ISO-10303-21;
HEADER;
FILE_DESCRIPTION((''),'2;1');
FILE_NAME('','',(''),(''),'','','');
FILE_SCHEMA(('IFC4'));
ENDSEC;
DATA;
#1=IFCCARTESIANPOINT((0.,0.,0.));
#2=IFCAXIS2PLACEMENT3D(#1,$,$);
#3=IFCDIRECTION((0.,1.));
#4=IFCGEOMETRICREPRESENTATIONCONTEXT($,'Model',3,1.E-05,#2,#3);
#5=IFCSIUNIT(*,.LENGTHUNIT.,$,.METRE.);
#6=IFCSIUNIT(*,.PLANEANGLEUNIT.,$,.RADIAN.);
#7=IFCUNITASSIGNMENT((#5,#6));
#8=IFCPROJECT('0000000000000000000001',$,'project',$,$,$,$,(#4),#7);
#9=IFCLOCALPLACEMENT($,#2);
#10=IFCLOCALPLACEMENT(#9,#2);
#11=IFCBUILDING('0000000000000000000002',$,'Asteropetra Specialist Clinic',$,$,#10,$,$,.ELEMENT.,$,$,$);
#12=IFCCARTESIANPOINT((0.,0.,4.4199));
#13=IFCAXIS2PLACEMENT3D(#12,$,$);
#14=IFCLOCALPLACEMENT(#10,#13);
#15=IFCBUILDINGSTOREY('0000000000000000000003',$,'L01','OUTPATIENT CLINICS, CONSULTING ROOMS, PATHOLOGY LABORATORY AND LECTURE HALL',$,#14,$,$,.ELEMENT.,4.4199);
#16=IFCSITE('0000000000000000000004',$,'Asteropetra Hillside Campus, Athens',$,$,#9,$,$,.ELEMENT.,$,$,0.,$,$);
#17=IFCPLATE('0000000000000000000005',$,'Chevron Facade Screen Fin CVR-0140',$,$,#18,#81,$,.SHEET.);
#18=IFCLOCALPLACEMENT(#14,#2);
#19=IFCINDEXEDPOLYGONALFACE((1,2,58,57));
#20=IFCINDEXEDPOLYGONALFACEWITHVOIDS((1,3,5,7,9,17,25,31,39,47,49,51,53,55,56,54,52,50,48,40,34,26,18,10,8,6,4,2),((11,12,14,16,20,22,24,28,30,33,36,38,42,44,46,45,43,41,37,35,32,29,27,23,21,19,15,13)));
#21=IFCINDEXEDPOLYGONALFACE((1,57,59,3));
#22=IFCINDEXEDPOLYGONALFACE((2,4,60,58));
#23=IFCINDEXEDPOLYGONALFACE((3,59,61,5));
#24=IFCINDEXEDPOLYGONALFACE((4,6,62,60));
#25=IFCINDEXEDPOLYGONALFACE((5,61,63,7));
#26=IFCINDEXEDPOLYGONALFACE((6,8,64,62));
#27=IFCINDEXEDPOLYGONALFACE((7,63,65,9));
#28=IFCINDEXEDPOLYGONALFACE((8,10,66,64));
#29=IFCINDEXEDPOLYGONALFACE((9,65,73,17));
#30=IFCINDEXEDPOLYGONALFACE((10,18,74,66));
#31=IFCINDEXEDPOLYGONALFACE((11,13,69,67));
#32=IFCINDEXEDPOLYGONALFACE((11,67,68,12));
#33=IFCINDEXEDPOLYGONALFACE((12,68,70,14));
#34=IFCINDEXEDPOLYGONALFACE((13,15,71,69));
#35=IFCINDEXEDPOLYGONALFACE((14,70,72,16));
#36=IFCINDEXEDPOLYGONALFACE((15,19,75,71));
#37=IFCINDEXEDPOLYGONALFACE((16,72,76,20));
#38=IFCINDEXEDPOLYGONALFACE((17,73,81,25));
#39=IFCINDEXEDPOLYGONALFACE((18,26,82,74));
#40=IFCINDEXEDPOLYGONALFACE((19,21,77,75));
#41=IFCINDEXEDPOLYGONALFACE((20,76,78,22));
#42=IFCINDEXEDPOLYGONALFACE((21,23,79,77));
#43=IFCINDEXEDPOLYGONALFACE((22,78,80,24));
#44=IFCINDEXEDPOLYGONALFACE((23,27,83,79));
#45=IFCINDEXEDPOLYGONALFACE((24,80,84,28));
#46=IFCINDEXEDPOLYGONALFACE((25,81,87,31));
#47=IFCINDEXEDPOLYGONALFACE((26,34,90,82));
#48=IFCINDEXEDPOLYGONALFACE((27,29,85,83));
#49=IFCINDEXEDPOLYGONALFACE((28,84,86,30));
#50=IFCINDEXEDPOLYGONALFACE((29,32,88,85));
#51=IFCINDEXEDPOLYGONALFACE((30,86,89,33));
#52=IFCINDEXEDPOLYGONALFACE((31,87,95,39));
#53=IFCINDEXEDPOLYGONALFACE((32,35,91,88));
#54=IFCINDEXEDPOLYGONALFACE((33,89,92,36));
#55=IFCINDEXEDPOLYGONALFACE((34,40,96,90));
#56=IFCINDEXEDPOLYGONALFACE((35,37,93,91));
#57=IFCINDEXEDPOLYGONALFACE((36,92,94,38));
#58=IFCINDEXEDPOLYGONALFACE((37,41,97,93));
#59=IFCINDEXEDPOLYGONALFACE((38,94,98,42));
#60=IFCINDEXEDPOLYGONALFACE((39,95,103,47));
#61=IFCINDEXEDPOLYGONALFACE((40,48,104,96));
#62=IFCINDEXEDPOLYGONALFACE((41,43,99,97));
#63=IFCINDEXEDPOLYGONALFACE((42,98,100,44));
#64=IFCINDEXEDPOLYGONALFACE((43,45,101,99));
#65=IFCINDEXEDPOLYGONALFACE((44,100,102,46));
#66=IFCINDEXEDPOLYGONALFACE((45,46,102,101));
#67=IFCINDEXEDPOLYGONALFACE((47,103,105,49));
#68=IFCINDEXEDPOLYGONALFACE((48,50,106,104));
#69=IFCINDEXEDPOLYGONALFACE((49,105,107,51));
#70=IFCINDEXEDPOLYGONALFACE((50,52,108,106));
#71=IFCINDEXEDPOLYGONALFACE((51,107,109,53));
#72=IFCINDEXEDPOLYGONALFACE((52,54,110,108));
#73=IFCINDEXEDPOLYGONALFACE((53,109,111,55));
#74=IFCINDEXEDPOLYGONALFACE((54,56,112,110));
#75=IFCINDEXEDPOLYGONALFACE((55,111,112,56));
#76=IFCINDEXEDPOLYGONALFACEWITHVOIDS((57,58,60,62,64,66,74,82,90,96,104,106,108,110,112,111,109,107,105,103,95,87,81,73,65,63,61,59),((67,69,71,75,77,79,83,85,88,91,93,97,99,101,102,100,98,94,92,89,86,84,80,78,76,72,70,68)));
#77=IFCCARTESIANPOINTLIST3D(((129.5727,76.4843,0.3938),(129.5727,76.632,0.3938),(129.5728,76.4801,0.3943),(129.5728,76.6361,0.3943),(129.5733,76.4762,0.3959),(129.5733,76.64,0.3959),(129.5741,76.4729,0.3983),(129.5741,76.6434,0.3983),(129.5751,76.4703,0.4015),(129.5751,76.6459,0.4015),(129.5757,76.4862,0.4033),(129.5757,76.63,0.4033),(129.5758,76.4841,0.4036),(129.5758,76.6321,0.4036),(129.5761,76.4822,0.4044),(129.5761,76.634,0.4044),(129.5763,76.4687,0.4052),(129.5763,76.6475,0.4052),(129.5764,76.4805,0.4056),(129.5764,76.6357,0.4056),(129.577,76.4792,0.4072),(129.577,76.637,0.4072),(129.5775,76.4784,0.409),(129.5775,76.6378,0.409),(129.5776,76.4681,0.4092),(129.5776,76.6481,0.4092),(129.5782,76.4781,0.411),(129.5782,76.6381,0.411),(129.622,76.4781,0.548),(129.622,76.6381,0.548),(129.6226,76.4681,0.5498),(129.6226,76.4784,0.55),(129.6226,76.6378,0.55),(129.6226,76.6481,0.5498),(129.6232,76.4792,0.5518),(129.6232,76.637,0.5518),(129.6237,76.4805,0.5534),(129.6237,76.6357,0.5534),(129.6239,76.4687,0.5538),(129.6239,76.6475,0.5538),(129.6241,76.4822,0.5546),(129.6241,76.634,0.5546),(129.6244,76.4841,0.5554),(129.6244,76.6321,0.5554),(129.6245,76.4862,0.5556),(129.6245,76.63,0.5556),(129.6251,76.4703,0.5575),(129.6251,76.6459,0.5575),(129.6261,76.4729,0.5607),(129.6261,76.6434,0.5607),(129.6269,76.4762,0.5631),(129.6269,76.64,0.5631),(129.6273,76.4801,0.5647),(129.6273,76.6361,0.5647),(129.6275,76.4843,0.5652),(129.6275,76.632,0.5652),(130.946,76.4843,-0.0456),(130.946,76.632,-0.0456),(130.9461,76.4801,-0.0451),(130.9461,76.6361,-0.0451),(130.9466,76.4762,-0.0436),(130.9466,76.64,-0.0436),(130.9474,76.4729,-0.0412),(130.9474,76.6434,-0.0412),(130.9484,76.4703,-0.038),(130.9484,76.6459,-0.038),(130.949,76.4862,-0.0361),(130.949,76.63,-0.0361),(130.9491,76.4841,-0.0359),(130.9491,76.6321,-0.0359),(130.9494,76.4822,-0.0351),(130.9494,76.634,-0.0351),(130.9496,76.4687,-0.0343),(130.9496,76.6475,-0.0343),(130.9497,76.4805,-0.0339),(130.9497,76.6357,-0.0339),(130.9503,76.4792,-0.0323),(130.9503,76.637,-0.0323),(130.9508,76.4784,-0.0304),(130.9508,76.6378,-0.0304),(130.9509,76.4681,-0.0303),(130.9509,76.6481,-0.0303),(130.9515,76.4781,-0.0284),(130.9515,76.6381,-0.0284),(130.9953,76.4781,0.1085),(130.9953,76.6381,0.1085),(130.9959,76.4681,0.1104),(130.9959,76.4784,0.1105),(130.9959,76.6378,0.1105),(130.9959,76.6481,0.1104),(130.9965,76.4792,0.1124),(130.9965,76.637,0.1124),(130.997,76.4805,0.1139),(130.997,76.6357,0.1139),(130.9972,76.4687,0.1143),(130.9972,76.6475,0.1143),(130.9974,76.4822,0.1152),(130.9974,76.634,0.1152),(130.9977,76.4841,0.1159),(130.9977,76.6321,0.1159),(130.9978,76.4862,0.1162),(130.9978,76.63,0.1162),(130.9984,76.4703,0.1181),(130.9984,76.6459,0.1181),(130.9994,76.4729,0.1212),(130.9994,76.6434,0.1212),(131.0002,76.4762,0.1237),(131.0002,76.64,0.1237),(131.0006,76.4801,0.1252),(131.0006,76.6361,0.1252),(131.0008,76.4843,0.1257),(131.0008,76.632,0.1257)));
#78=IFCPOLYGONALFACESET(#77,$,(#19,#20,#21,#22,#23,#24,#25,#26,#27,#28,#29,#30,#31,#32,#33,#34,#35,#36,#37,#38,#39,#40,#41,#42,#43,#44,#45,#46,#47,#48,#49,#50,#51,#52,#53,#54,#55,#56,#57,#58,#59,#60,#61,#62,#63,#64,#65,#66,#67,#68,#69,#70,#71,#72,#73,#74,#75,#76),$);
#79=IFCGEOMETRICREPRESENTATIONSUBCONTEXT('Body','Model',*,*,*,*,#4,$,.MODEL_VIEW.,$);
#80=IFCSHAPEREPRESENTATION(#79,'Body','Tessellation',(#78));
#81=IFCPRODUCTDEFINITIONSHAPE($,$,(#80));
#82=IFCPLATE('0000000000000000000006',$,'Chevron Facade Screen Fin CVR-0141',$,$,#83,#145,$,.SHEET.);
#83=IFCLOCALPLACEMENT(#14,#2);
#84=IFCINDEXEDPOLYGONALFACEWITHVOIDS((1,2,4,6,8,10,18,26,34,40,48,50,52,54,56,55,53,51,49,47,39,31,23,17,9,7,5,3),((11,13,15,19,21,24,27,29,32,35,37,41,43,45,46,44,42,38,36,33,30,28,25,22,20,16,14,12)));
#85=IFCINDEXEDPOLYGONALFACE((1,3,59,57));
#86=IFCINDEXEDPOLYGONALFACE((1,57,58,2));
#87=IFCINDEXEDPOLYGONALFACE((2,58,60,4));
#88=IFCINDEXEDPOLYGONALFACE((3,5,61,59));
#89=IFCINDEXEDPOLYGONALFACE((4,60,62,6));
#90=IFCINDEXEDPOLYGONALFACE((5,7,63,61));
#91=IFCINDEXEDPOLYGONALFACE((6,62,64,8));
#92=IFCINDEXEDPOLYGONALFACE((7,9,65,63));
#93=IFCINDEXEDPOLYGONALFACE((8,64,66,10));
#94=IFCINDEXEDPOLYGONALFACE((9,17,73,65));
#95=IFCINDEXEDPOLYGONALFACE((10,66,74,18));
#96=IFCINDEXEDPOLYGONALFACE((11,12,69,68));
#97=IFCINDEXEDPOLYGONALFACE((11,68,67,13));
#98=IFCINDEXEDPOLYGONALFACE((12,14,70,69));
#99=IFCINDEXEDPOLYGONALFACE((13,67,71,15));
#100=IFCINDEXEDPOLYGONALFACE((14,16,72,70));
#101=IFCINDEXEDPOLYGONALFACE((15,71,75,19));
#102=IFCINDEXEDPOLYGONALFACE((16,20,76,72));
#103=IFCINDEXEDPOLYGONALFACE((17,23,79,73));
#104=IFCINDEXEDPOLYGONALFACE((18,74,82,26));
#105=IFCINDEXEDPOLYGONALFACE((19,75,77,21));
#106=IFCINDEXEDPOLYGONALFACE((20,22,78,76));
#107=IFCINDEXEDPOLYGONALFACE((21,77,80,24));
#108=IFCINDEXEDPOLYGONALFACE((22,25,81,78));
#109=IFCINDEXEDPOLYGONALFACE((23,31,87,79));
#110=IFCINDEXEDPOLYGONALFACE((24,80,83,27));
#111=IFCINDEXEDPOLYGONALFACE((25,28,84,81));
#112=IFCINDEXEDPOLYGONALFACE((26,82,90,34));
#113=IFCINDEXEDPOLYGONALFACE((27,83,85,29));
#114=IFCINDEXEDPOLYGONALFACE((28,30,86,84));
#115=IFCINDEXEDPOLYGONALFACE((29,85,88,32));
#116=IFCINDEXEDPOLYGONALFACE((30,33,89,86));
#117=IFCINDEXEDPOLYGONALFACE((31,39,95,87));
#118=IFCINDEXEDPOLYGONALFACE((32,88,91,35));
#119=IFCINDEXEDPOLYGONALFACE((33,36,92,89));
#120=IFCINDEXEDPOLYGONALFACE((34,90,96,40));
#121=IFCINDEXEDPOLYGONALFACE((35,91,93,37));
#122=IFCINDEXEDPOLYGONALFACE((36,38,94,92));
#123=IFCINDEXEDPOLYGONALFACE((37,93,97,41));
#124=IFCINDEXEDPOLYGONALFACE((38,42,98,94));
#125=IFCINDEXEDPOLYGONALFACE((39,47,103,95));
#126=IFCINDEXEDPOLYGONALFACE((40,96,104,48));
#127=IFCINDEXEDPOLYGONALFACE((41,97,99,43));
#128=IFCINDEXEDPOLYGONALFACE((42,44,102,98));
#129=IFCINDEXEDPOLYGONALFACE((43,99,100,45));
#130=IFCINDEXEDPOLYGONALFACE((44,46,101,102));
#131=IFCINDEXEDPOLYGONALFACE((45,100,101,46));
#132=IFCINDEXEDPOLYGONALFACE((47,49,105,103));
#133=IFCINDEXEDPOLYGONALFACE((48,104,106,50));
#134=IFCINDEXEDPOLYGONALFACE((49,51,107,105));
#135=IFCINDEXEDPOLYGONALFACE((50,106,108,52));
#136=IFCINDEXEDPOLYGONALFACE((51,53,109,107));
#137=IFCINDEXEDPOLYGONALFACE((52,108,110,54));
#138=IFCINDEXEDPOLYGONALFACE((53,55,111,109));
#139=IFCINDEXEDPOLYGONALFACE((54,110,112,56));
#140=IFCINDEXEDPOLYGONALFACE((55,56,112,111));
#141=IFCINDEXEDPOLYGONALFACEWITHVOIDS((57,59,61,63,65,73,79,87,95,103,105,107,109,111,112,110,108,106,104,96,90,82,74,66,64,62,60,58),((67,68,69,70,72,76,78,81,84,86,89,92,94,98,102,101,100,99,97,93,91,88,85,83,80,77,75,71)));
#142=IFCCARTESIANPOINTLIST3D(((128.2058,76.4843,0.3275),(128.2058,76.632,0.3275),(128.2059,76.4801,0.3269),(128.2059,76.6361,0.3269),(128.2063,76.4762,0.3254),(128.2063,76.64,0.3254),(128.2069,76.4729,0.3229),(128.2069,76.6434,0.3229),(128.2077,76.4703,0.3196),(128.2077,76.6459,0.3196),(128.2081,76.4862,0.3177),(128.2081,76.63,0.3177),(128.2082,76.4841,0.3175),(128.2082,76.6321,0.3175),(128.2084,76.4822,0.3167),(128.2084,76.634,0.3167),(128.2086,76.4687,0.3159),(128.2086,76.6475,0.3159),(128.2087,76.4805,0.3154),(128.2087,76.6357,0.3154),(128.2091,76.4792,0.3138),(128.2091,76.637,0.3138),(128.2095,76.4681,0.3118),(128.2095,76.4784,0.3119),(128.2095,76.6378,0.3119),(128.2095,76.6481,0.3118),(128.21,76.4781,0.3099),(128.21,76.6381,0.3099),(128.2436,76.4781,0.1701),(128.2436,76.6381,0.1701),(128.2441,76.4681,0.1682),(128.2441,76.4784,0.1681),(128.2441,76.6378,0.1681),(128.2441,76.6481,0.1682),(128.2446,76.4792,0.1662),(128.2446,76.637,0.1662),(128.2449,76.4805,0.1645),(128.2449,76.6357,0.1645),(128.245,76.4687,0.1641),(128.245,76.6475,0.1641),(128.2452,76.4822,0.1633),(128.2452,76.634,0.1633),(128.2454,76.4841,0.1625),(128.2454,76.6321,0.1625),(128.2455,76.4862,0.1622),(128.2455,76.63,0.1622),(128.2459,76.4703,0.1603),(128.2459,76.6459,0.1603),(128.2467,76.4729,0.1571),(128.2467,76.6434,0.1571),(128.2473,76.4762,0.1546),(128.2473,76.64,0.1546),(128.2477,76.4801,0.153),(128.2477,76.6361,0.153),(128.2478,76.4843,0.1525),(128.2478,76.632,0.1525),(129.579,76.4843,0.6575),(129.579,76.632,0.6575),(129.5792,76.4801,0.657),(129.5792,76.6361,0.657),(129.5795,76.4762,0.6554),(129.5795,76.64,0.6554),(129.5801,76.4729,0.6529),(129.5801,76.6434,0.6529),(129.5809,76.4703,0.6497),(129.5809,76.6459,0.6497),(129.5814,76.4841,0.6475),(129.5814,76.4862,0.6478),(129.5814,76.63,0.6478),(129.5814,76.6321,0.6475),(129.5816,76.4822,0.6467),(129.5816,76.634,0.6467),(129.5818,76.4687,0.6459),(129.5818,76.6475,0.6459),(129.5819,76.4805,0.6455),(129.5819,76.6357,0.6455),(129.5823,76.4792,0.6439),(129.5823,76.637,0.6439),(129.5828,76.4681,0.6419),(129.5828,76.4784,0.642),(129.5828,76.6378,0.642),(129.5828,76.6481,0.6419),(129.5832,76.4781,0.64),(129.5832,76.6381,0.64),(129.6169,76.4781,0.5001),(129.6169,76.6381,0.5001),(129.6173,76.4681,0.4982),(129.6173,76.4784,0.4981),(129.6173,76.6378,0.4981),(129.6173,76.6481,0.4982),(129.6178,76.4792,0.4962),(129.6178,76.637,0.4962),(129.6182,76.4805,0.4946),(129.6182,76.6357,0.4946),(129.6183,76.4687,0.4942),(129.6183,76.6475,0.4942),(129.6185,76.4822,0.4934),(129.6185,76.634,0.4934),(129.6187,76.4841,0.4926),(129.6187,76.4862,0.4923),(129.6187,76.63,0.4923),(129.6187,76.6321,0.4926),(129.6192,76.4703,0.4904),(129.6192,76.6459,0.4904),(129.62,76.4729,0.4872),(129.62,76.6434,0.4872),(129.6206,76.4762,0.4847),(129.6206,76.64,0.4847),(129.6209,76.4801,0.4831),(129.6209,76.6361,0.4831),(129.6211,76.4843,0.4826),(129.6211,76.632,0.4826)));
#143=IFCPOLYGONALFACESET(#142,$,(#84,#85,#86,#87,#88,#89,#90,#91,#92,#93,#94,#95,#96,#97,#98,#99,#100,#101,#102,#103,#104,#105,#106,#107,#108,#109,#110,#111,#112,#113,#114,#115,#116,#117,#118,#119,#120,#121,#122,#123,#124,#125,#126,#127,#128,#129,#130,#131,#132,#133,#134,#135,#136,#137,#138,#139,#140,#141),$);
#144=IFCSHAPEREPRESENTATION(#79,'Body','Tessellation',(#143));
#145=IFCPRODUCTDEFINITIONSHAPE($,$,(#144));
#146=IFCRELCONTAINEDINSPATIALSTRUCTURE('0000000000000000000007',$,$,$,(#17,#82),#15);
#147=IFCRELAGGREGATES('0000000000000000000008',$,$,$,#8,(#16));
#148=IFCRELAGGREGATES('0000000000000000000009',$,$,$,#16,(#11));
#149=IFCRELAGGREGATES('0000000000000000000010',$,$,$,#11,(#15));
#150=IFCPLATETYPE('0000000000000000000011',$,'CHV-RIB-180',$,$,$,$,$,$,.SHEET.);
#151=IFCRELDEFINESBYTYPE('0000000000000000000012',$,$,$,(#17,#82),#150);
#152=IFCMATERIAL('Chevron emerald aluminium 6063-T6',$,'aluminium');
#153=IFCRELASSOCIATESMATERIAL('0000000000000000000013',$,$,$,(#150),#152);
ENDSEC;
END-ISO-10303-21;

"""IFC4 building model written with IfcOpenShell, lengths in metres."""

from ifc_helpers import new_model, si_unit, direction, frame, origin, origin_2d, place, context, subcontext, project, spatial, hollow_rectangle, extrude, material, material_profile, profile_set, type_object, element, save


model = new_model("IFC4")

# Units and contexts
model_context = context("Model", 3, precision=1e-05, world=origin(), true_north=direction((0.0, 1.0)))
body_context = subcontext(model_context, "Body", "Model", "MODEL_VIEW")
ifc_project = project(units=[si_unit("LENGTHUNIT", "METRE"), si_unit("PLANEANGLEUNIT", "RADIAN")], contexts=[model_context])

# Site, building, storey
site_placement = place(None, origin())
site = spatial("IfcSite", under=ifc_project, at=site_placement, Name="Asteropetra Hillside Campus, Athens", CompositionType="ELEMENT", RefElevation=0.0)
building_placement = place(site_placement, origin())
building = spatial("IfcBuilding", under=site, at=building_placement, Name="Asteropetra Specialist Clinic", CompositionType="ELEMENT")
storey_placement = place(building_placement, frame((0.0, 0.0, 4.4199)))
storey = spatial("IfcBuildingStorey", under=building, at=storey_placement, Name="L01", Description="OUTPATIENT CLINICS, CONSULTING ROOMS, PATHOLOGY LABORATORY AND LECTURE HALL", CompositionType="ELEMENT", Elevation=4.4199)

# Plates
ifc_material_1 = material(Name="Chevron emerald aluminium 6063-T6", Category="aluminium")
ifc_material_profile = material_profile(ifc_material_1, hollow_rectangle(XDim=0.1799, YDim=0.1799, WallThickness=0.01, InnerFilletRadius=0.0081, OuterFilletRadius=0.0161, at=origin_2d()), Name="SHS 180x180x10.0")
ifc_profile_set = profile_set([ifc_material_profile], Name="Chevron emerald aluminium 6063-T6")
plate_type = type_object("IfcPlateType", Name="CHV-RIB-180", PredefinedType="SHEET", material=ifc_profile_set)
for number, where, z_axis, x_axis, name in (
    (1, (129.6001, 76.5581, 0.4795), (0.952424, 0.0, -0.304776), (0.0, 1.0, 0.0), "Chevron Facade Screen Fin CVR-0140"),
):
    element("IfcPlate", number, at=place(storey_placement, frame(where, z_axis=z_axis, x_axis=x_axis)), inside=storey, type_object=plate_type, Name=name, PredefinedType="SHEET", context=body_context, shape_type="SweptSolid", body=[
        extrude(hollow_rectangle(XDim=0.1799, YDim=0.1799, WallThickness=0.01, InnerFilletRadius=0.0081, OuterFilletRadius=0.0161, at=origin_2d()), origin(), (0.0, 0.0, 1.0), 1.4419),
    ])
for number, where, z_axis, x_axis, name in (
    (2, (128.2268, 76.5581, 0.24), (0.972309, 0.0, 0.2337), (0.0, 1.0, 0.0), "Chevron Facade Screen Fin CVR-0141"),
):
    element("IfcPlate", number, at=place(storey_placement, frame(where, z_axis=z_axis, x_axis=x_axis)), inside=storey, type_object=plate_type, Name=name, PredefinedType="SHEET", context=body_context, shape_type="SweptSolid", body=[
        extrude(hollow_rectangle(XDim=0.1799, YDim=0.1799, WallThickness=0.01, InnerFilletRadius=0.0081, OuterFilletRadius=0.0161, at=origin_2d()), origin(), (0.0, 0.0, 1.0), 1.4124),
    ])

save(model, "model.ifc")
